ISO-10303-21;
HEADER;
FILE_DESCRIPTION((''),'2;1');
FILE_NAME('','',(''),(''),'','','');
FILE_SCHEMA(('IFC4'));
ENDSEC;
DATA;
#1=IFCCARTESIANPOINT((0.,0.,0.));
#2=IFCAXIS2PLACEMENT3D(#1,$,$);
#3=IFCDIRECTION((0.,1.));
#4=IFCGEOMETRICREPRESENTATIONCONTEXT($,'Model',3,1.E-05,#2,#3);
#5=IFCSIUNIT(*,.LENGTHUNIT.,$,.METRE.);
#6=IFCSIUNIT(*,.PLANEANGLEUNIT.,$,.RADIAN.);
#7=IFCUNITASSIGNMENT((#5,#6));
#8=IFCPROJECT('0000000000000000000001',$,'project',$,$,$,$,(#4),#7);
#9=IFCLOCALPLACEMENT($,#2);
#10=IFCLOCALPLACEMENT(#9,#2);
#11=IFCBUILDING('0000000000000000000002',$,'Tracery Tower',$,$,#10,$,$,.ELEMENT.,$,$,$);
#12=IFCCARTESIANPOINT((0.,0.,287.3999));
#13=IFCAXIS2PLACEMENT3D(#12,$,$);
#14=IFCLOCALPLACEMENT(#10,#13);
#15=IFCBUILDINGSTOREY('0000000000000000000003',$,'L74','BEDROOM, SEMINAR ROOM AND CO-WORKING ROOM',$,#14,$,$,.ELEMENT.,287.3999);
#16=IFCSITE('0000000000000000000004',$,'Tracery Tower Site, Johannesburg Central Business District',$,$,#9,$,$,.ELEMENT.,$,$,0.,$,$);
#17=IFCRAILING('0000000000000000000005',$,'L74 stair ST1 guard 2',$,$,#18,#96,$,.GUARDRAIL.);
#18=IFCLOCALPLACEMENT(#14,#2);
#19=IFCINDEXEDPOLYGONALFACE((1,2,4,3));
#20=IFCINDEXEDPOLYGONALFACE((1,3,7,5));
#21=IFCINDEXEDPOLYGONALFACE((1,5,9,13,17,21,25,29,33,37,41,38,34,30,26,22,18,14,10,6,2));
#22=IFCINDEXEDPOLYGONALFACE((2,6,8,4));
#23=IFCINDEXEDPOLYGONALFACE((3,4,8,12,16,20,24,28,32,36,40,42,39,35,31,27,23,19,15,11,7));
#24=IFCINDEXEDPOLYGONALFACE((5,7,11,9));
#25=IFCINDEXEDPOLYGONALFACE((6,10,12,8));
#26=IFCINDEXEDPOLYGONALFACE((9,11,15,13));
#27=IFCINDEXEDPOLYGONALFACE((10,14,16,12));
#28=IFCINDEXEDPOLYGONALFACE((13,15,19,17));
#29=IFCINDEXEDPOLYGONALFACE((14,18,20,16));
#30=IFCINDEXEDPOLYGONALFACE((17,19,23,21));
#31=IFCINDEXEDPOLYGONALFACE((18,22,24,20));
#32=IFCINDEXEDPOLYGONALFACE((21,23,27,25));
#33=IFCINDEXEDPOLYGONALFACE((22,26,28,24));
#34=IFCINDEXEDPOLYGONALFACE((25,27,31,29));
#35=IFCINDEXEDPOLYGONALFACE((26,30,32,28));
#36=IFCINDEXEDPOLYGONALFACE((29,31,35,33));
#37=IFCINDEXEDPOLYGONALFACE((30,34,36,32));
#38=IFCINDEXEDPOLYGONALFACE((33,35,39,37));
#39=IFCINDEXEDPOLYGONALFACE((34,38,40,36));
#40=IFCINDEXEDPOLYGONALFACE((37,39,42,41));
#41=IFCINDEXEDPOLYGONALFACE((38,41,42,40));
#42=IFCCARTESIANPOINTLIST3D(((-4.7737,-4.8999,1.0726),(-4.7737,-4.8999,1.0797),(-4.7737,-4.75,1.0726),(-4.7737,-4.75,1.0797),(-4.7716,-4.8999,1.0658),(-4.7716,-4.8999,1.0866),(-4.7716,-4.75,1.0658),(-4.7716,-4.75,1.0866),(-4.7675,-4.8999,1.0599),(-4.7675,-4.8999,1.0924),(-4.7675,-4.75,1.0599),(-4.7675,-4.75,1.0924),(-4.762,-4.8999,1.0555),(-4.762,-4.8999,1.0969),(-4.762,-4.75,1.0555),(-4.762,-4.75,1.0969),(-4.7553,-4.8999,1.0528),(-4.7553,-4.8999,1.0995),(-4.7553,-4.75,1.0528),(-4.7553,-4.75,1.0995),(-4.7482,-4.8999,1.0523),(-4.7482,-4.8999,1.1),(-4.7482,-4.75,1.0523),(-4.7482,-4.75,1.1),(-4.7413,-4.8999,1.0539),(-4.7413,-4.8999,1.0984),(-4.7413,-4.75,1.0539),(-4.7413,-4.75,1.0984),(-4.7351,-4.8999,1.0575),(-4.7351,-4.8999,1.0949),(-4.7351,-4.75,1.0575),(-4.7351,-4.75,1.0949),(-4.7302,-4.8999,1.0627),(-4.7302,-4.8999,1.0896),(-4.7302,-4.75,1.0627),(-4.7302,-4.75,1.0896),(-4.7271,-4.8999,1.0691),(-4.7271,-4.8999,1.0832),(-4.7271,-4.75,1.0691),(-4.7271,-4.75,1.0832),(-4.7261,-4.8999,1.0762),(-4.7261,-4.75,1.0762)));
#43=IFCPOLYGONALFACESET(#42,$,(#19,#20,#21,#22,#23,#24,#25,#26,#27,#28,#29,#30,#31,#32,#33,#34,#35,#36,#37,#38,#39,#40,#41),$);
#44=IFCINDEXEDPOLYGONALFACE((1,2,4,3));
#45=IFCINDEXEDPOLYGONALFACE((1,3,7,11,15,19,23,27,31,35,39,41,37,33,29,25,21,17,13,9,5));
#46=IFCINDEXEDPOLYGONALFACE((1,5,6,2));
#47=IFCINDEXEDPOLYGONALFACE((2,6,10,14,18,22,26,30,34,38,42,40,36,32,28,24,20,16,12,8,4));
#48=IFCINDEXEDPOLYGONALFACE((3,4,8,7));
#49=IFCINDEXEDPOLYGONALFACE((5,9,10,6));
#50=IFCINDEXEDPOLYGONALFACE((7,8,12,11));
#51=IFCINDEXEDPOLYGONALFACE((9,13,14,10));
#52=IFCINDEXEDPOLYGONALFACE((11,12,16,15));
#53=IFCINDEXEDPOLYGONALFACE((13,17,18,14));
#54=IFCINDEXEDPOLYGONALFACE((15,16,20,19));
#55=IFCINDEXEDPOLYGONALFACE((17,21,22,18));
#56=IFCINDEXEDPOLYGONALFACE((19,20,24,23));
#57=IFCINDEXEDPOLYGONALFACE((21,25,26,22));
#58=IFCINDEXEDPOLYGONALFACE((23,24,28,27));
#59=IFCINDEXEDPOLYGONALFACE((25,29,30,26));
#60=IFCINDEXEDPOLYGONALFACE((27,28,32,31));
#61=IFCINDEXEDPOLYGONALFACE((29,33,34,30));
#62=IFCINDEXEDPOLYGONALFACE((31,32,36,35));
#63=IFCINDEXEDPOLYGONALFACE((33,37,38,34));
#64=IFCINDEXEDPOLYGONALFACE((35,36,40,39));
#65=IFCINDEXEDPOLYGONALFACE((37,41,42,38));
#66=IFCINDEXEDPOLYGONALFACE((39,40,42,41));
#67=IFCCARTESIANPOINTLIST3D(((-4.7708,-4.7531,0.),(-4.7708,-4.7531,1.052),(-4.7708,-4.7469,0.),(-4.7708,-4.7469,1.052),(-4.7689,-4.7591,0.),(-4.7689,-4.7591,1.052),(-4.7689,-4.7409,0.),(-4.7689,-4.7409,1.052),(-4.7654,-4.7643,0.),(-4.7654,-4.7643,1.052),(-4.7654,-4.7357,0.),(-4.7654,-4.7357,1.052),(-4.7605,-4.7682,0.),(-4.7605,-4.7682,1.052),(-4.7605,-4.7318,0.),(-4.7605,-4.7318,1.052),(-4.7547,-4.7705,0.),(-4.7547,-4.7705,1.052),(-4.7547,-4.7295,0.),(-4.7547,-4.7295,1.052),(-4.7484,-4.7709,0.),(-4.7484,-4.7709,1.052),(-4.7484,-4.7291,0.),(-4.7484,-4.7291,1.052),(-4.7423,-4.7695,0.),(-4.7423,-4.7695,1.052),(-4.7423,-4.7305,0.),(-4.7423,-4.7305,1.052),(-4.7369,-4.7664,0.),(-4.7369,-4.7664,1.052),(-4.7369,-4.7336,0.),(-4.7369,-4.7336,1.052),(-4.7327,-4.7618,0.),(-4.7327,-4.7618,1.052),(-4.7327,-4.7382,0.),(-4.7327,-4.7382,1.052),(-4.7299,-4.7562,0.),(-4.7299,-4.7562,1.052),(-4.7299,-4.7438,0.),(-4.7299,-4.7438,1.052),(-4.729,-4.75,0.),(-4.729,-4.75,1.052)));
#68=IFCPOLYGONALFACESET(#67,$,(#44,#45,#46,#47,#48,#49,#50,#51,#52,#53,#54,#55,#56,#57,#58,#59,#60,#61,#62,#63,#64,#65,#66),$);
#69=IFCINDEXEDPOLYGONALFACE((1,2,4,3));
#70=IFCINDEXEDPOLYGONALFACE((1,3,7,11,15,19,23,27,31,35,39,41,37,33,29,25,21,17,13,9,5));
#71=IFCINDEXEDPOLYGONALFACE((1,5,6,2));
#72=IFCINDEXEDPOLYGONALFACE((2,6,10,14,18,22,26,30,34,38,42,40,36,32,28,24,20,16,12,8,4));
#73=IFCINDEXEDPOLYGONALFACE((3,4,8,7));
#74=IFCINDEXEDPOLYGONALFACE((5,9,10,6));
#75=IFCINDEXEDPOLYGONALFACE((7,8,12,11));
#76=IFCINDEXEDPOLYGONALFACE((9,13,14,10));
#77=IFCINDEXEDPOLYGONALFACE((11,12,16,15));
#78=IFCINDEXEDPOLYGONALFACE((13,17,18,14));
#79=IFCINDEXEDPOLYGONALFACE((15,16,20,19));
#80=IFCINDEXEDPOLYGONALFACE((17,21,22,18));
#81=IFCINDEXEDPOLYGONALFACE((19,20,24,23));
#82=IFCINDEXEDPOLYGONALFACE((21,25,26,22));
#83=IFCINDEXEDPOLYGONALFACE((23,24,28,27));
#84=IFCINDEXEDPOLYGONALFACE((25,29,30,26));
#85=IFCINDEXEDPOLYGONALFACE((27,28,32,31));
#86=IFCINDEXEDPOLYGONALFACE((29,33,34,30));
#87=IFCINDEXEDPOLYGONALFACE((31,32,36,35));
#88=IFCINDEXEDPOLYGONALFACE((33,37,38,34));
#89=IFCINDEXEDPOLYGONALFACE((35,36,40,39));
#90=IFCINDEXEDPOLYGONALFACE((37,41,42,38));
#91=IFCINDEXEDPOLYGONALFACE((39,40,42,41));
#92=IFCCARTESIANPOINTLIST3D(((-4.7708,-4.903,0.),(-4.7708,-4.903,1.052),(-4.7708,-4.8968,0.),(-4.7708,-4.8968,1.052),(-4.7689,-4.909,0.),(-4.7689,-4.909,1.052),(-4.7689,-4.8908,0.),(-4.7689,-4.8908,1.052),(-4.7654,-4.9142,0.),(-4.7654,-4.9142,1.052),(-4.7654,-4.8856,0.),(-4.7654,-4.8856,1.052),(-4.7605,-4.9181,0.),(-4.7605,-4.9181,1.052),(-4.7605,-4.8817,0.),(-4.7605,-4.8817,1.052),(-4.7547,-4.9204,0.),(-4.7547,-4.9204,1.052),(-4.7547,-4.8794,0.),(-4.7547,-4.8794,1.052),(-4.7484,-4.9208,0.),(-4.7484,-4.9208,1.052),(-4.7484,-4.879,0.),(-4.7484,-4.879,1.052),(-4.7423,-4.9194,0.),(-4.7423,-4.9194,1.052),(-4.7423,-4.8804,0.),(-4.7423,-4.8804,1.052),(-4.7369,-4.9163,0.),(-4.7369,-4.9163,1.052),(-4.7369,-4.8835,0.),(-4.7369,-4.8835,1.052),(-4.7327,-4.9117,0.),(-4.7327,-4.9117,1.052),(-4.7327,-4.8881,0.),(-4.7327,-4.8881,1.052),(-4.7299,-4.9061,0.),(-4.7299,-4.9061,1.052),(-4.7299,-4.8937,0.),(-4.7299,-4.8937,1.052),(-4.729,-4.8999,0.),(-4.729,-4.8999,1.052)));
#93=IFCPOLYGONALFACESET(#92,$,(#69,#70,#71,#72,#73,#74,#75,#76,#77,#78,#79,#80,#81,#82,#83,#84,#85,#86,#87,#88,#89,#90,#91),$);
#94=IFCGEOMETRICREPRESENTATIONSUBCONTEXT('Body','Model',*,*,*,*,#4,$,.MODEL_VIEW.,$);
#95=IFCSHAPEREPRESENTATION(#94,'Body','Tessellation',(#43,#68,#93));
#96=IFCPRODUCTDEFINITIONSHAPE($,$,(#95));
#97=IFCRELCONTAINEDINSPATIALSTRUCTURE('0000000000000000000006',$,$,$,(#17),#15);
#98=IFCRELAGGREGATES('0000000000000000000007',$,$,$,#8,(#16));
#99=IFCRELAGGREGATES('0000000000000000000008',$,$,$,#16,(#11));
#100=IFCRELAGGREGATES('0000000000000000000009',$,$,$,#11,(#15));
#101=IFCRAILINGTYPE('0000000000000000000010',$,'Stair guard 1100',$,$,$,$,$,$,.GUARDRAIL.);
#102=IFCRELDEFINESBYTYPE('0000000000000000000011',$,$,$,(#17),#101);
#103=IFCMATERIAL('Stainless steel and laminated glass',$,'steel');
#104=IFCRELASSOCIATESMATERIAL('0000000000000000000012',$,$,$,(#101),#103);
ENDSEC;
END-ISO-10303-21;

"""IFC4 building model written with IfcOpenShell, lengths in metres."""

from ifc_helpers import new_model, si_unit, direction, frame, origin, origin_2d, place, context, subcontext, project, spatial, circle, extrude, material, type_object, element, save


model = new_model("IFC4")

# Units and contexts
model_context = context("Model", 3, precision=1e-05, world=origin(), true_north=direction((0.0, 1.0)))
body_context = subcontext(model_context, "Body", "Model", "MODEL_VIEW")
ifc_project = project(units=[si_unit("LENGTHUNIT", "METRE"), si_unit("PLANEANGLEUNIT", "RADIAN")], contexts=[model_context])

# Site, building, storey
site_placement = place(None, origin())
site = spatial("IfcSite", under=ifc_project, at=site_placement, Name="Tracery Tower Site, Johannesburg Central Business District", CompositionType="ELEMENT", RefElevation=0.0)
building_placement = place(site_placement, origin())
building = spatial("IfcBuilding", under=site, at=building_placement, Name="Tracery Tower", CompositionType="ELEMENT")
storey_placement = place(building_placement, frame((0.0, 0.0, 287.3999)))
storey = spatial("IfcBuildingStorey", under=building, at=storey_placement, Name="L74", Description="BEDROOM, SEMINAR ROOM AND CO-WORKING ROOM", CompositionType="ELEMENT", Elevation=287.3999)

# Railing
ifc_material_1 = material(Name="Stainless steel and laminated glass", Category="steel")
railing_type_1 = type_object("IfcRailingType", Name="Stair guard 1100", PredefinedType="GUARDRAIL", material=ifc_material_1)
railing_1_placement = place(storey_placement, frame((-4.75, -4.75, 0.0)))
element("IfcRailing", 1, at=railing_1_placement, inside=storey, type_object=railing_type_1, Name="L74 stair ST1 guard 2", PredefinedType="GUARDRAIL", context=body_context, shape_type="SweptSolid", body=[
    extrude(circle(Radius=0.0239, at=origin_2d()), frame((0.0, 0.0, 1.0762), z_axis=(0.0, -1.0, 0.0), x_axis=(1.0, 0.0, 0.0)), (0.0, 0.0, 1.0), 0.1499),
    extrude(circle(Radius=0.021, at=origin_2d()), origin(), (0.0, 0.0, 1.0), 1.052),
    extrude(circle(Radius=0.021, at=origin_2d()), frame((0.0, -0.1499, 0.0)), (0.0, 0.0, 1.0), 1.052),
])

save(model, "model.ifc")
